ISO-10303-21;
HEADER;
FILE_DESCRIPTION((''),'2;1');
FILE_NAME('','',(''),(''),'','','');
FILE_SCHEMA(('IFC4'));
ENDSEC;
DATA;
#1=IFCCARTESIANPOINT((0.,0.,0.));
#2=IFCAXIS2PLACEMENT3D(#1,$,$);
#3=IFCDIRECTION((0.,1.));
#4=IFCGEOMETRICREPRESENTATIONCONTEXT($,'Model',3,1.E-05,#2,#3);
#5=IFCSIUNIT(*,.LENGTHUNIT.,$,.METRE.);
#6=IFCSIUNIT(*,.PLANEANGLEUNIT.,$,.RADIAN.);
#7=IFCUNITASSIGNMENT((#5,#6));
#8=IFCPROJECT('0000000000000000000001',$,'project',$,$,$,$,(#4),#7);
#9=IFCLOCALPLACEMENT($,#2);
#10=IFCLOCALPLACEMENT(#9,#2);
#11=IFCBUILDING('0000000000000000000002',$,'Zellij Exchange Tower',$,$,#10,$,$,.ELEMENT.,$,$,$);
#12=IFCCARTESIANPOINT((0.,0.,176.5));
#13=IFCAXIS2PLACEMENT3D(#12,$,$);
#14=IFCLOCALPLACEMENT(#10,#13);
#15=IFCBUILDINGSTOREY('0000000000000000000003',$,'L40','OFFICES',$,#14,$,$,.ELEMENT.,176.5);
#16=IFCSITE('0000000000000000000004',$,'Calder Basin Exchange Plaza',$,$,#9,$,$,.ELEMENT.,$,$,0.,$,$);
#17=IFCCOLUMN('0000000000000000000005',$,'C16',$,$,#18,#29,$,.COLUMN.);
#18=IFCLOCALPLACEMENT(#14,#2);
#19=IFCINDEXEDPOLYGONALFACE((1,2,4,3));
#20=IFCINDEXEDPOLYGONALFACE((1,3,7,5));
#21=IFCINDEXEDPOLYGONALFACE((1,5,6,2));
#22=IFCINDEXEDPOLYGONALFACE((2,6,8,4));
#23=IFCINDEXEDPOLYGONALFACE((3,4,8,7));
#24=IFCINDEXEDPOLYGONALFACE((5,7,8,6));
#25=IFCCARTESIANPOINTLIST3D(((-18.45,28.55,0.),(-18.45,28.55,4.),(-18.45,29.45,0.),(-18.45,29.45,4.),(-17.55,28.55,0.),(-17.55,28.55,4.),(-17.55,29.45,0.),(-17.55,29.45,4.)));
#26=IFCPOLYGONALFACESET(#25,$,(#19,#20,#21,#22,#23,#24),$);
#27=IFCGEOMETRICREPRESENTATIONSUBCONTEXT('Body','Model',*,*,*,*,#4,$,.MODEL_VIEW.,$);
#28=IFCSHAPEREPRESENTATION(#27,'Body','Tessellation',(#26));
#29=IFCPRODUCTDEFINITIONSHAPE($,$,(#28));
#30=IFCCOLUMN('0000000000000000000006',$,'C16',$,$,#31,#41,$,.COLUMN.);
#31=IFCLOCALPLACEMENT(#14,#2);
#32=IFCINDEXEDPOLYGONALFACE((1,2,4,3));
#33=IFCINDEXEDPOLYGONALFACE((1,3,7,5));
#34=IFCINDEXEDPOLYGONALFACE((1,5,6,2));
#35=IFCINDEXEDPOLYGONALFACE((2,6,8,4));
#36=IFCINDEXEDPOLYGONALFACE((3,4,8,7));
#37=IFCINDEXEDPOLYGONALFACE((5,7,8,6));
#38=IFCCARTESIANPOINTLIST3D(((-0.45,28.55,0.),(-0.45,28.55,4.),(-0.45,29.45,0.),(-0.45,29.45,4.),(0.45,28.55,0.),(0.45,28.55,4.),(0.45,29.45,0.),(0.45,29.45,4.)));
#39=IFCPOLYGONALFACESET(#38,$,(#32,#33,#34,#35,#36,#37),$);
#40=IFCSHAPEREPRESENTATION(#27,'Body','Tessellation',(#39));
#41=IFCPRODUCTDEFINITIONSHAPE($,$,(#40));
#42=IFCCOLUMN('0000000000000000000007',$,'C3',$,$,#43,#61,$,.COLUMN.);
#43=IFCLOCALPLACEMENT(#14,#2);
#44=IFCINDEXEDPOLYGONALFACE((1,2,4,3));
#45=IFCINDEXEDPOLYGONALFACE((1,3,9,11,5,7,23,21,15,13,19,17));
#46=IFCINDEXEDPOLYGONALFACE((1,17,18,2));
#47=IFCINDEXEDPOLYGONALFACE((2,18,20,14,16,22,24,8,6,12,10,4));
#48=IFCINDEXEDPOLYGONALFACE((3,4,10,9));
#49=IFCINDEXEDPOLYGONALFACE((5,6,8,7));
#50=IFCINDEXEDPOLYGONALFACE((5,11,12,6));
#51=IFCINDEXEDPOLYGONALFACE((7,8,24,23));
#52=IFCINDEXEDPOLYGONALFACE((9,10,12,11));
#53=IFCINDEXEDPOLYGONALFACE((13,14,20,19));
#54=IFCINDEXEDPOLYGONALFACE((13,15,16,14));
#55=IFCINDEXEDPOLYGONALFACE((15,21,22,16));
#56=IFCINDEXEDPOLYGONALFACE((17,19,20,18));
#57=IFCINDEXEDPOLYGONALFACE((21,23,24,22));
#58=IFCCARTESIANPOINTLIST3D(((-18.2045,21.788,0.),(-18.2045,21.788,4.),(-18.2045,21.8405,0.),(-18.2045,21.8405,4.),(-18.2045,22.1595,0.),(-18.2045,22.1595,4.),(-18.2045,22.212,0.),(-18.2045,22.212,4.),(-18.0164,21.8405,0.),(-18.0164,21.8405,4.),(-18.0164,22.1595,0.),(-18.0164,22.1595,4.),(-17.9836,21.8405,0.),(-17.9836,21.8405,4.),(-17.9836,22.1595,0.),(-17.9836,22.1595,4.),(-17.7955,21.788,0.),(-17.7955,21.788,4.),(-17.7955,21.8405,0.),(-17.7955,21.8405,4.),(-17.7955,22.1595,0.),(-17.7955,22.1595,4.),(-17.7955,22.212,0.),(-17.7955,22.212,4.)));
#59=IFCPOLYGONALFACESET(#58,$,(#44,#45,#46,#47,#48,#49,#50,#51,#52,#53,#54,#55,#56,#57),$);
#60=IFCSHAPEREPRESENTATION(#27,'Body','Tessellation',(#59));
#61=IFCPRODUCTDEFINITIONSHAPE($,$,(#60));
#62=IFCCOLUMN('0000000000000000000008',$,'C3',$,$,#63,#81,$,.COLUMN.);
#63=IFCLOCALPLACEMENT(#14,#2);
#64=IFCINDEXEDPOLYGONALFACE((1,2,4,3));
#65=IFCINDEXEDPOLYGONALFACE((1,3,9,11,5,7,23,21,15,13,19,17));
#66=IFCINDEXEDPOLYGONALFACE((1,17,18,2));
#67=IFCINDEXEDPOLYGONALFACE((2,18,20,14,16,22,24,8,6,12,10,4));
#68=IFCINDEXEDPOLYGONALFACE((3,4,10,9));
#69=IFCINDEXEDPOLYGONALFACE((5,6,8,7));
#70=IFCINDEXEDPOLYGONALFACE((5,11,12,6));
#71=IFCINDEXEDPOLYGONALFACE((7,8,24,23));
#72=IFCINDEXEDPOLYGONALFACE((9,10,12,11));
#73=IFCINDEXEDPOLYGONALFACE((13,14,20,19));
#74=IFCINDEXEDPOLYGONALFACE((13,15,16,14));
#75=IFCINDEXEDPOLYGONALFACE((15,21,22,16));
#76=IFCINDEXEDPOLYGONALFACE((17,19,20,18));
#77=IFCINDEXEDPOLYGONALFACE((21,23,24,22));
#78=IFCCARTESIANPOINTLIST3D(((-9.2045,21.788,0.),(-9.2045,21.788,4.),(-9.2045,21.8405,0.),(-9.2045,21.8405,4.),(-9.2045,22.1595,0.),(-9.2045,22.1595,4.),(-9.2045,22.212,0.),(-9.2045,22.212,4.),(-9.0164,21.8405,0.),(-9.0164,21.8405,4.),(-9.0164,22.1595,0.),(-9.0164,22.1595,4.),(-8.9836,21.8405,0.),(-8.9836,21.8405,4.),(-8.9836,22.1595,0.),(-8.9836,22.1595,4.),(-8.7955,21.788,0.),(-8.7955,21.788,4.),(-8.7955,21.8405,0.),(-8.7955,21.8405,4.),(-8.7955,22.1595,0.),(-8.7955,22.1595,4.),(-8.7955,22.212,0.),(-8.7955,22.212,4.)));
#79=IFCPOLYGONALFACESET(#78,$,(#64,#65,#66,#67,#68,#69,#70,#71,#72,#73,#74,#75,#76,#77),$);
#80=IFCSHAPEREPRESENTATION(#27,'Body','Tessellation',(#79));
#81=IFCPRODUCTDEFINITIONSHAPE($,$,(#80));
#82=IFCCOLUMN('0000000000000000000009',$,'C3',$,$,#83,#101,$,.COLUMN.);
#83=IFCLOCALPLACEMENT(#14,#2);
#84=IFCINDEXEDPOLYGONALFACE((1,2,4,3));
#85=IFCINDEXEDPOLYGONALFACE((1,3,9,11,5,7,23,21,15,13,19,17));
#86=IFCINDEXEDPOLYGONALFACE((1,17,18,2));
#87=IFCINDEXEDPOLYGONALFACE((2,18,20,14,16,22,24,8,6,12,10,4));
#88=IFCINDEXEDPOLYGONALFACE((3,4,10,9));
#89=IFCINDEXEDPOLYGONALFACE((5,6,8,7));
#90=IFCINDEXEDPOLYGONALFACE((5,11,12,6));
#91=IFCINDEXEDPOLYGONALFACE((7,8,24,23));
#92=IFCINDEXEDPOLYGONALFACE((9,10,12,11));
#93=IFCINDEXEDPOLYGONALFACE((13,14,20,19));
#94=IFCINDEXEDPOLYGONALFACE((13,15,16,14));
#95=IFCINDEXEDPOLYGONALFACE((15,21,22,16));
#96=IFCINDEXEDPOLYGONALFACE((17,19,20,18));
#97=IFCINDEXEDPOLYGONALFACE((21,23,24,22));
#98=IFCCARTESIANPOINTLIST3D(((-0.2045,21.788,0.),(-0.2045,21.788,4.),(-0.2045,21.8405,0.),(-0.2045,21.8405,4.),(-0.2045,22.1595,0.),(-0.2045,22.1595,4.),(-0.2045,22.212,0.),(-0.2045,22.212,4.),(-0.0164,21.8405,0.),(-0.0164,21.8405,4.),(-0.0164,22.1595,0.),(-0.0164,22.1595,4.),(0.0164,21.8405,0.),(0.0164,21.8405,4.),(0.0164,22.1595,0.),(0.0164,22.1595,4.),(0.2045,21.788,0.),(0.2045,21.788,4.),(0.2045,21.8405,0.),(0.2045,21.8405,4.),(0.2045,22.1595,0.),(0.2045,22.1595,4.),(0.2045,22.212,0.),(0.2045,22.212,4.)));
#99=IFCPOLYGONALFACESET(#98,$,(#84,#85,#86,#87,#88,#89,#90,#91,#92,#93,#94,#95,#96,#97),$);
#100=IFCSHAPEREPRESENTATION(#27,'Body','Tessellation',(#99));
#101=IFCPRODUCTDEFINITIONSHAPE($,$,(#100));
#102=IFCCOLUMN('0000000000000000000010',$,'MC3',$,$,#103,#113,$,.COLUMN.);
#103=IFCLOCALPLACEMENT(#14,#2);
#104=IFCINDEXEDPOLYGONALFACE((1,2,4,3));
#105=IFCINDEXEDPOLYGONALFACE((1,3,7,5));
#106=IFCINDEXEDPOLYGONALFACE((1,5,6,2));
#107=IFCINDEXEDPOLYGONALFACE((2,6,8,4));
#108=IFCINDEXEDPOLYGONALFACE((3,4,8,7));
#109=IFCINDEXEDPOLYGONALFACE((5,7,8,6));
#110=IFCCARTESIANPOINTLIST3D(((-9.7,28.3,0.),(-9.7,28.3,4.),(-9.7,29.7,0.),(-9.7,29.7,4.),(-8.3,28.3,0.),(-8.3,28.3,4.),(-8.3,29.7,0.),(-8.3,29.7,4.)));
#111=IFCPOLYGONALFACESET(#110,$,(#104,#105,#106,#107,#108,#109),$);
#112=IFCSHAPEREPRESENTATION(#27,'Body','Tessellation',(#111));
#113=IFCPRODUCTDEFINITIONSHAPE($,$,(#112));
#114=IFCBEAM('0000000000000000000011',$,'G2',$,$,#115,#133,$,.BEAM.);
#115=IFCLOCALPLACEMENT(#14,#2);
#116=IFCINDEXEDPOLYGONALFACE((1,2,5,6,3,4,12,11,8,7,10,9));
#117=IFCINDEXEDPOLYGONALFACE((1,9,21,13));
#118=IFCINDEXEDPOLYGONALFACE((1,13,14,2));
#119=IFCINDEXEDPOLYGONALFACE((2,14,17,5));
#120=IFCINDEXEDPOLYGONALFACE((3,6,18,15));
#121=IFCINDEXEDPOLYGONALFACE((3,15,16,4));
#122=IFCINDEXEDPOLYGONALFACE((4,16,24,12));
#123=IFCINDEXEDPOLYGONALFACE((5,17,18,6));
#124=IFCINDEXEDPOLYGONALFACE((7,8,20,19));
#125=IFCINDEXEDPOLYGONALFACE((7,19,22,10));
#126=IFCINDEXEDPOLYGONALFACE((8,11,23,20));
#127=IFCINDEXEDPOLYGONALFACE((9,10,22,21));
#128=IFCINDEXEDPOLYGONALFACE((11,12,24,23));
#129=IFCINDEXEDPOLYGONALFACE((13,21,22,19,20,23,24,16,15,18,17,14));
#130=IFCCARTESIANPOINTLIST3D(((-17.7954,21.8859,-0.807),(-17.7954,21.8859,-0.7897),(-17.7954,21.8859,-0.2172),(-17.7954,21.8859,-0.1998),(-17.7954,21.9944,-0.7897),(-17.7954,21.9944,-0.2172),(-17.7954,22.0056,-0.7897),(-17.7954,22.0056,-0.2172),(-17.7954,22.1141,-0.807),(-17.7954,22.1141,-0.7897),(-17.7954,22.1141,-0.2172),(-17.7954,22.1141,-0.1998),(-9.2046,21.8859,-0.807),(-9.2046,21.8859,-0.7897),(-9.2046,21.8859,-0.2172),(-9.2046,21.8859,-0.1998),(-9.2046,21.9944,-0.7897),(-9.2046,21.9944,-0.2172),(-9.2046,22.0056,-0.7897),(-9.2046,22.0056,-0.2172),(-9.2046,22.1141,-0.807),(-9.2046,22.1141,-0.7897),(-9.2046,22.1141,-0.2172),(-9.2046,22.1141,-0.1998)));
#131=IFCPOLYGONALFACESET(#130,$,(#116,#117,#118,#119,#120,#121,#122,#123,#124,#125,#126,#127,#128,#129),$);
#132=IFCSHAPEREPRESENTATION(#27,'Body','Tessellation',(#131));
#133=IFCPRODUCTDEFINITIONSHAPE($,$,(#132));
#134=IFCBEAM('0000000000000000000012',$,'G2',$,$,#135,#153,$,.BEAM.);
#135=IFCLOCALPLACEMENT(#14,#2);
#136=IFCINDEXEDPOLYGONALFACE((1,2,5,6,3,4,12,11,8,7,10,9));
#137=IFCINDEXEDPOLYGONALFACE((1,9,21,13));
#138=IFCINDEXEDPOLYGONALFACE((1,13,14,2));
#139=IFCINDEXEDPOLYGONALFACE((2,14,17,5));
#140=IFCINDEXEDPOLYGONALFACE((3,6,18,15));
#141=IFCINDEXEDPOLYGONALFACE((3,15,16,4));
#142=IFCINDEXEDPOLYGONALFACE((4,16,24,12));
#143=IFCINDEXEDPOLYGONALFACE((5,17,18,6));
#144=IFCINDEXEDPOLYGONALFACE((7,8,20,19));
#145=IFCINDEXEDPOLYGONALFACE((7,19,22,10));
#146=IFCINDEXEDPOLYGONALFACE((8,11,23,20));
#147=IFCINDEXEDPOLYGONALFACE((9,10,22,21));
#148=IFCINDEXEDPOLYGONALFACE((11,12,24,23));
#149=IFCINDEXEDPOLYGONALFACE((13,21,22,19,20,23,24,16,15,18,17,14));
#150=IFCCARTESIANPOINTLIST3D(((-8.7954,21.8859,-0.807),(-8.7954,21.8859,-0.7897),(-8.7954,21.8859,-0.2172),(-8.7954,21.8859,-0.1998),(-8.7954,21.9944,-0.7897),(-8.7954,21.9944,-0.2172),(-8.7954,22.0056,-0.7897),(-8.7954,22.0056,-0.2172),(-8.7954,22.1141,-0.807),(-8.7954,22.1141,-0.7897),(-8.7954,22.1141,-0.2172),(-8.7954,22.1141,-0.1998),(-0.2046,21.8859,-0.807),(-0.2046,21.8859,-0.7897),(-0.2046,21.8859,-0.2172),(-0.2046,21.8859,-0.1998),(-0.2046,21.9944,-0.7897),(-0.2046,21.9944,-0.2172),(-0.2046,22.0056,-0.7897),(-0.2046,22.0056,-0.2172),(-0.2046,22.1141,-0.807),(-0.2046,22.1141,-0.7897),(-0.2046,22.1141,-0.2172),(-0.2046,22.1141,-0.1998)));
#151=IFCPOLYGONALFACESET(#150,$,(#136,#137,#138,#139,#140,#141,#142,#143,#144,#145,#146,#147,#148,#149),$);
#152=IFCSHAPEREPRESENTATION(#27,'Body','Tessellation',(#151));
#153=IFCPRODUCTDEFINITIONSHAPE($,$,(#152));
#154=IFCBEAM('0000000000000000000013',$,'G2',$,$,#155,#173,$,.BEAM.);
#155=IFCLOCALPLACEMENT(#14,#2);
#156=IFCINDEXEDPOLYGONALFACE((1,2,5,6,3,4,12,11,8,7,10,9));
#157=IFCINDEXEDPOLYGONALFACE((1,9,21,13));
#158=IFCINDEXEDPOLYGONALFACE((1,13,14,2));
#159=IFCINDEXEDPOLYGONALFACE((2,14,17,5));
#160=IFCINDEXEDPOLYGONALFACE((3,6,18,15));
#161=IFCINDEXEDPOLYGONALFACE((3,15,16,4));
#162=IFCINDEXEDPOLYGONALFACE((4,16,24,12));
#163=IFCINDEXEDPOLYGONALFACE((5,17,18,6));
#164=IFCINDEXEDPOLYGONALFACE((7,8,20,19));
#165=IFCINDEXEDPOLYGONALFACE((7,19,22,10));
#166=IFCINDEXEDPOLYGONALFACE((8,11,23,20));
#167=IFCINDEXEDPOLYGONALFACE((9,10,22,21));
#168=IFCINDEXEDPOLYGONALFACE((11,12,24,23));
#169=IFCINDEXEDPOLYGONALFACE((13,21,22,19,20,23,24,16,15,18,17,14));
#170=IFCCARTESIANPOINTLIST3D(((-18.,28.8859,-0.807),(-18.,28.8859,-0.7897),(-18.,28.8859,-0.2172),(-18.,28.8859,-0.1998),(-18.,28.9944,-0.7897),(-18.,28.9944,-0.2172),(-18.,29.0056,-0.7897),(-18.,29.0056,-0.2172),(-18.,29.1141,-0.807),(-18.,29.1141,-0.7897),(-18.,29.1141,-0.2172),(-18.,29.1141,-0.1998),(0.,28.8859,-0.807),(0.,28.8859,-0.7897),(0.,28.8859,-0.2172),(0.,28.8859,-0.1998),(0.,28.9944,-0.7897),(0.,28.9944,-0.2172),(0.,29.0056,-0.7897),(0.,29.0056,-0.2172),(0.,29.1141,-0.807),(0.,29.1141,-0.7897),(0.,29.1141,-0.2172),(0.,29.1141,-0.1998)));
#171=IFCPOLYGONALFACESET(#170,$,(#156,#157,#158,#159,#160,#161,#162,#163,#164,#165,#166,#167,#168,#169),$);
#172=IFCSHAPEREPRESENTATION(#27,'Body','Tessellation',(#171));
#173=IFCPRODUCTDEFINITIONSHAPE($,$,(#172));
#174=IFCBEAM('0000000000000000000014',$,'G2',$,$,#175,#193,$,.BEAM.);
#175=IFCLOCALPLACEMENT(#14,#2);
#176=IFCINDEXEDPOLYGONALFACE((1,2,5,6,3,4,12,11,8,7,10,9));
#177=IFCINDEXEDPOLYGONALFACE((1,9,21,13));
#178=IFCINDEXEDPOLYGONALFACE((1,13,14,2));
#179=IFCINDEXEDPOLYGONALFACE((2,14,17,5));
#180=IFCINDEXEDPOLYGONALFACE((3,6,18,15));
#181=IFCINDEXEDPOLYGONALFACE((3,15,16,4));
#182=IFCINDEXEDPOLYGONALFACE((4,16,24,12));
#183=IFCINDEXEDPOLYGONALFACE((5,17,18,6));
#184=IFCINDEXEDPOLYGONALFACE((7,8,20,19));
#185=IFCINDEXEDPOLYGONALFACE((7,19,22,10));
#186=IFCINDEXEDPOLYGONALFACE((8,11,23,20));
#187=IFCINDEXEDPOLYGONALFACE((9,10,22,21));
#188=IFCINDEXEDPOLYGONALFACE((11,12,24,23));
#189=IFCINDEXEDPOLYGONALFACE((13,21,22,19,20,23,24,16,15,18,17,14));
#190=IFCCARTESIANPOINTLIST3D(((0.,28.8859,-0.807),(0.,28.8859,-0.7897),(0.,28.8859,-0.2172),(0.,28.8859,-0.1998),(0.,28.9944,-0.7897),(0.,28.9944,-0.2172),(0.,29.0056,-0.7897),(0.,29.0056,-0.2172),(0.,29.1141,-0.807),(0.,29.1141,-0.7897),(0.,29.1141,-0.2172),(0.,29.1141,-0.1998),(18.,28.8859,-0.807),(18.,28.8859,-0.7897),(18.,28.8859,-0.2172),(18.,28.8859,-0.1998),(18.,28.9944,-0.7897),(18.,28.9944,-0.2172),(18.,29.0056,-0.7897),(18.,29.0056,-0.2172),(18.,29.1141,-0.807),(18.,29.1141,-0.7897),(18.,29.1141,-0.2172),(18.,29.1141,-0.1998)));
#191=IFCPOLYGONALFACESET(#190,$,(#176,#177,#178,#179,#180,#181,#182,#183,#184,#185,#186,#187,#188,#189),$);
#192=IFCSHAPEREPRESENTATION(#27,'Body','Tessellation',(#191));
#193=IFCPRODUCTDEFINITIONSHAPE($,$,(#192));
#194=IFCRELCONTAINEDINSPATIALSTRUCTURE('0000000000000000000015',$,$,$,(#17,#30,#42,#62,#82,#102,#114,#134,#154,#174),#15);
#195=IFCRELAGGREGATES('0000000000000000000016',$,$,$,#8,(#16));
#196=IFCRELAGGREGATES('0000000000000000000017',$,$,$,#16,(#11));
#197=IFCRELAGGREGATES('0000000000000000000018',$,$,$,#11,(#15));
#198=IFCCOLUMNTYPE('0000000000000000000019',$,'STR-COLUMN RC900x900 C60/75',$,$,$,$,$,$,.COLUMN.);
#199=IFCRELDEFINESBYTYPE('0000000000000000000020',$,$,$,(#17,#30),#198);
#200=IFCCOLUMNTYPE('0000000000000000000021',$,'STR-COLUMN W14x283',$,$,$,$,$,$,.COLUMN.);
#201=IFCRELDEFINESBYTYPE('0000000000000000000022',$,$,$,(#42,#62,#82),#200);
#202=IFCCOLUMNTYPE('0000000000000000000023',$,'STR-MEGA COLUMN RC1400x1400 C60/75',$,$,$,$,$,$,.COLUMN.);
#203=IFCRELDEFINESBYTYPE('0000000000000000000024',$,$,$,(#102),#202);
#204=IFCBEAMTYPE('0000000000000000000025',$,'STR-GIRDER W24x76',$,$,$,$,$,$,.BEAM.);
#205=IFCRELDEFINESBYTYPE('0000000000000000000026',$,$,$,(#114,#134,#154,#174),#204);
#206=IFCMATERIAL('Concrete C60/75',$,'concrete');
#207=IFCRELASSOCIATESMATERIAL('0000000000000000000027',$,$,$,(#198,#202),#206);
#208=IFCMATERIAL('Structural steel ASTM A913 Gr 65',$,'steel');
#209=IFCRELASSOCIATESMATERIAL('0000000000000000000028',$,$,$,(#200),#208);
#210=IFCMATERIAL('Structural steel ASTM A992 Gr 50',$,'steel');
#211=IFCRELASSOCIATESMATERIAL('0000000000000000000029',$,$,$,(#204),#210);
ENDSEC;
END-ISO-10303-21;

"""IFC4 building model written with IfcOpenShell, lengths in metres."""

from ifc_helpers import new_model, si_unit, direction, frame, origin, origin_2d, place, context, subcontext, project, spatial, rectangle, i_section, extrude, material, material_profile, profile_set, type_object, element, save


model = new_model("IFC4")

# Units and contexts
model_context = context("Model", 3, precision=1e-05, world=origin(), true_north=direction((0.0, 1.0)))
body_context = subcontext(model_context, "Body", "Model", "MODEL_VIEW")
ifc_project = project(units=[si_unit("LENGTHUNIT", "METRE"), si_unit("PLANEANGLEUNIT", "RADIAN")], contexts=[model_context])

# Site, building, storey
site_placement = place(None, origin())
site = spatial("IfcSite", under=ifc_project, at=site_placement, Name="Calder Basin Exchange Plaza", CompositionType="ELEMENT", RefElevation=0.0)
building_placement = place(site_placement, origin())
building = spatial("IfcBuilding", under=site, at=building_placement, Name="Zellij Exchange Tower", CompositionType="ELEMENT")
storey_placement = place(building_placement, frame((0.0, 0.0, 176.5)))
storey = spatial("IfcBuildingStorey", under=building, at=storey_placement, Name="L40", Description="OFFICES", CompositionType="ELEMENT", Elevation=176.5)

# Columns
ifc_material_1 = material(Name="Concrete C60/75", Category="concrete")
ifc_material_profile_1 = material_profile(ifc_material_1, rectangle(XDim=0.8999, YDim=0.8999, at=origin_2d()), Name="STR-COLUMN RC900x900 C60/75")
ifc_profile_set_1 = profile_set([ifc_material_profile_1], Name="Concrete C60/75")
column_type_1 = type_object("IfcColumnType", Name="STR-COLUMN RC900x900 C60/75", PredefinedType="COLUMN", material=ifc_profile_set_1)
for number, where, z_axis, x_axis, name in (
    (1, (-18.0, 29.0, 0.0), (0.0, 0.0, 1.0), (1.0, 0.0, 0.0), "C16"),
    (2, (0.0, 29.0, 0.0), (0.0, 0.0, 1.0), (1.0, 0.0, 0.0), "C16"),
):
    element("IfcColumn", number, at=place(storey_placement, frame(where, z_axis=z_axis, x_axis=x_axis)), inside=storey, type_object=column_type_1, Name=name, PredefinedType="COLUMN", context=body_context, shape_type="SweptSolid", body=[
        extrude(rectangle(XDim=0.8999, YDim=0.8999, at=origin_2d()), origin(), (0.0, 0.0, 1.0), 4.0),
    ])
ifc_material_2 = material(Name="Structural steel ASTM A913 Gr 65", Category="steel")
ifc_material_profile_2 = material_profile(ifc_material_2, i_section(OverallWidth=0.4089, OverallDepth=0.4241, WebThickness=0.0327, FlangeThickness=0.0525, at=origin_2d()), Name="W14x283")
ifc_profile_set_2 = profile_set([ifc_material_profile_2], Name="Structural steel ASTM A913 Gr 65")
column_type_2 = type_object("IfcColumnType", Name="STR-COLUMN W14x283", PredefinedType="COLUMN", material=ifc_profile_set_2)
for number, where, z_axis, x_axis, name in (
    (3, (-18.0, 22.0, 0.0), (0.0, 0.0, 1.0), (1.0, 0.0, 0.0), "C3"),
    (4, (-9.0, 22.0, 0.0), (0.0, 0.0, 1.0), (1.0, 0.0, 0.0), "C3"),
    (5, (0.0, 22.0, 0.0), (0.0, 0.0, 1.0), (1.0, 0.0, 0.0), "C3"),
):
    element("IfcColumn", number, at=place(storey_placement, frame(where, z_axis=z_axis, x_axis=x_axis)), inside=storey, type_object=column_type_2, Name=name, PredefinedType="COLUMN", context=body_context, shape_type="SweptSolid", body=[
        extrude(i_section(OverallWidth=0.4089, OverallDepth=0.4241, WebThickness=0.0327, FlangeThickness=0.0525, at=origin_2d()), origin(), (0.0, 0.0, 1.0), 4.0),
    ])
ifc_material_profile_3 = material_profile(ifc_material_1, rectangle(XDim=1.3999, YDim=1.3999, at=origin_2d()), Name="STR-MEGA COLUMN RC1400x1400 C60/75")
ifc_profile_set_3 = profile_set([ifc_material_profile_3], Name="Concrete C60/75")
column_type_3 = type_object("IfcColumnType", Name="STR-MEGA COLUMN RC1400x1400 C60/75", PredefinedType="COLUMN", material=ifc_profile_set_3)
column_placement = place(storey_placement, frame((-9.0, 29.0, 0.0), z_axis=(0.0, 0.0, 1.0), x_axis=(1.0, 0.0, 0.0)))
element("IfcColumn", 6, at=column_placement, inside=storey, type_object=column_type_3, Name="MC3", PredefinedType="COLUMN", context=body_context, shape_type="SweptSolid", body=[
    extrude(rectangle(XDim=1.3999, YDim=1.3999, at=origin_2d()), origin(), (0.0, 0.0, 1.0), 4.0),
])

# Beams
ifc_material_3 = material(Name="Structural steel ASTM A992 Gr 50", Category="steel")
ifc_material_profile_4 = material_profile(ifc_material_3, i_section(OverallWidth=0.2283, OverallDepth=0.6072, WebThickness=0.0112, FlangeThickness=0.0173, at=origin_2d()), Name="W24x76")
ifc_profile_set_4 = profile_set([ifc_material_profile_4], Name="Structural steel ASTM A992 Gr 50")
beam_type = type_object("IfcBeamType", Name="STR-GIRDER W24x76", PredefinedType="BEAM", material=ifc_profile_set_4)
for number, where, z_axis, x_axis, name in (
    (7, (-17.7954, 22.0, -0.5034), (1.0, 0.0, 0.0), (0.0, 1.0, 0.0), "G2"),
    (8, (-8.7954, 22.0, -0.5034), (1.0, 0.0, 0.0), (0.0, 1.0, 0.0), "G2"),
):
    element("IfcBeam", number, at=place(storey_placement, frame(where, z_axis=z_axis, x_axis=x_axis)), inside=storey, type_object=beam_type, Name=name, PredefinedType="BEAM", context=body_context, shape_type="SweptSolid", body=[
        extrude(i_section(OverallWidth=0.2283, OverallDepth=0.6072, WebThickness=0.0112, FlangeThickness=0.0173, at=origin_2d()), origin(), (0.0, 0.0, 1.0), 8.5908),
    ])
for number, where, z_axis, x_axis, name in (
    (9, (-18.0, 29.0, -0.5034), (1.0, 0.0, 0.0), (0.0, 1.0, 0.0), "G2"),
    (10, (0.0, 29.0, -0.5034), (1.0, 0.0, 0.0), (0.0, 1.0, 0.0), "G2"),
):
    element("IfcBeam", number, at=place(storey_placement, frame(where, z_axis=z_axis, x_axis=x_axis)), inside=storey, type_object=beam_type, Name=name, PredefinedType="BEAM", context=body_context, shape_type="SweptSolid", body=[
        extrude(i_section(OverallWidth=0.2283, OverallDepth=0.6072, WebThickness=0.0112, FlangeThickness=0.0173, at=origin_2d()), origin(), (0.0, 0.0, 1.0), 18.0),
    ])

save(model, "model.ifc")
